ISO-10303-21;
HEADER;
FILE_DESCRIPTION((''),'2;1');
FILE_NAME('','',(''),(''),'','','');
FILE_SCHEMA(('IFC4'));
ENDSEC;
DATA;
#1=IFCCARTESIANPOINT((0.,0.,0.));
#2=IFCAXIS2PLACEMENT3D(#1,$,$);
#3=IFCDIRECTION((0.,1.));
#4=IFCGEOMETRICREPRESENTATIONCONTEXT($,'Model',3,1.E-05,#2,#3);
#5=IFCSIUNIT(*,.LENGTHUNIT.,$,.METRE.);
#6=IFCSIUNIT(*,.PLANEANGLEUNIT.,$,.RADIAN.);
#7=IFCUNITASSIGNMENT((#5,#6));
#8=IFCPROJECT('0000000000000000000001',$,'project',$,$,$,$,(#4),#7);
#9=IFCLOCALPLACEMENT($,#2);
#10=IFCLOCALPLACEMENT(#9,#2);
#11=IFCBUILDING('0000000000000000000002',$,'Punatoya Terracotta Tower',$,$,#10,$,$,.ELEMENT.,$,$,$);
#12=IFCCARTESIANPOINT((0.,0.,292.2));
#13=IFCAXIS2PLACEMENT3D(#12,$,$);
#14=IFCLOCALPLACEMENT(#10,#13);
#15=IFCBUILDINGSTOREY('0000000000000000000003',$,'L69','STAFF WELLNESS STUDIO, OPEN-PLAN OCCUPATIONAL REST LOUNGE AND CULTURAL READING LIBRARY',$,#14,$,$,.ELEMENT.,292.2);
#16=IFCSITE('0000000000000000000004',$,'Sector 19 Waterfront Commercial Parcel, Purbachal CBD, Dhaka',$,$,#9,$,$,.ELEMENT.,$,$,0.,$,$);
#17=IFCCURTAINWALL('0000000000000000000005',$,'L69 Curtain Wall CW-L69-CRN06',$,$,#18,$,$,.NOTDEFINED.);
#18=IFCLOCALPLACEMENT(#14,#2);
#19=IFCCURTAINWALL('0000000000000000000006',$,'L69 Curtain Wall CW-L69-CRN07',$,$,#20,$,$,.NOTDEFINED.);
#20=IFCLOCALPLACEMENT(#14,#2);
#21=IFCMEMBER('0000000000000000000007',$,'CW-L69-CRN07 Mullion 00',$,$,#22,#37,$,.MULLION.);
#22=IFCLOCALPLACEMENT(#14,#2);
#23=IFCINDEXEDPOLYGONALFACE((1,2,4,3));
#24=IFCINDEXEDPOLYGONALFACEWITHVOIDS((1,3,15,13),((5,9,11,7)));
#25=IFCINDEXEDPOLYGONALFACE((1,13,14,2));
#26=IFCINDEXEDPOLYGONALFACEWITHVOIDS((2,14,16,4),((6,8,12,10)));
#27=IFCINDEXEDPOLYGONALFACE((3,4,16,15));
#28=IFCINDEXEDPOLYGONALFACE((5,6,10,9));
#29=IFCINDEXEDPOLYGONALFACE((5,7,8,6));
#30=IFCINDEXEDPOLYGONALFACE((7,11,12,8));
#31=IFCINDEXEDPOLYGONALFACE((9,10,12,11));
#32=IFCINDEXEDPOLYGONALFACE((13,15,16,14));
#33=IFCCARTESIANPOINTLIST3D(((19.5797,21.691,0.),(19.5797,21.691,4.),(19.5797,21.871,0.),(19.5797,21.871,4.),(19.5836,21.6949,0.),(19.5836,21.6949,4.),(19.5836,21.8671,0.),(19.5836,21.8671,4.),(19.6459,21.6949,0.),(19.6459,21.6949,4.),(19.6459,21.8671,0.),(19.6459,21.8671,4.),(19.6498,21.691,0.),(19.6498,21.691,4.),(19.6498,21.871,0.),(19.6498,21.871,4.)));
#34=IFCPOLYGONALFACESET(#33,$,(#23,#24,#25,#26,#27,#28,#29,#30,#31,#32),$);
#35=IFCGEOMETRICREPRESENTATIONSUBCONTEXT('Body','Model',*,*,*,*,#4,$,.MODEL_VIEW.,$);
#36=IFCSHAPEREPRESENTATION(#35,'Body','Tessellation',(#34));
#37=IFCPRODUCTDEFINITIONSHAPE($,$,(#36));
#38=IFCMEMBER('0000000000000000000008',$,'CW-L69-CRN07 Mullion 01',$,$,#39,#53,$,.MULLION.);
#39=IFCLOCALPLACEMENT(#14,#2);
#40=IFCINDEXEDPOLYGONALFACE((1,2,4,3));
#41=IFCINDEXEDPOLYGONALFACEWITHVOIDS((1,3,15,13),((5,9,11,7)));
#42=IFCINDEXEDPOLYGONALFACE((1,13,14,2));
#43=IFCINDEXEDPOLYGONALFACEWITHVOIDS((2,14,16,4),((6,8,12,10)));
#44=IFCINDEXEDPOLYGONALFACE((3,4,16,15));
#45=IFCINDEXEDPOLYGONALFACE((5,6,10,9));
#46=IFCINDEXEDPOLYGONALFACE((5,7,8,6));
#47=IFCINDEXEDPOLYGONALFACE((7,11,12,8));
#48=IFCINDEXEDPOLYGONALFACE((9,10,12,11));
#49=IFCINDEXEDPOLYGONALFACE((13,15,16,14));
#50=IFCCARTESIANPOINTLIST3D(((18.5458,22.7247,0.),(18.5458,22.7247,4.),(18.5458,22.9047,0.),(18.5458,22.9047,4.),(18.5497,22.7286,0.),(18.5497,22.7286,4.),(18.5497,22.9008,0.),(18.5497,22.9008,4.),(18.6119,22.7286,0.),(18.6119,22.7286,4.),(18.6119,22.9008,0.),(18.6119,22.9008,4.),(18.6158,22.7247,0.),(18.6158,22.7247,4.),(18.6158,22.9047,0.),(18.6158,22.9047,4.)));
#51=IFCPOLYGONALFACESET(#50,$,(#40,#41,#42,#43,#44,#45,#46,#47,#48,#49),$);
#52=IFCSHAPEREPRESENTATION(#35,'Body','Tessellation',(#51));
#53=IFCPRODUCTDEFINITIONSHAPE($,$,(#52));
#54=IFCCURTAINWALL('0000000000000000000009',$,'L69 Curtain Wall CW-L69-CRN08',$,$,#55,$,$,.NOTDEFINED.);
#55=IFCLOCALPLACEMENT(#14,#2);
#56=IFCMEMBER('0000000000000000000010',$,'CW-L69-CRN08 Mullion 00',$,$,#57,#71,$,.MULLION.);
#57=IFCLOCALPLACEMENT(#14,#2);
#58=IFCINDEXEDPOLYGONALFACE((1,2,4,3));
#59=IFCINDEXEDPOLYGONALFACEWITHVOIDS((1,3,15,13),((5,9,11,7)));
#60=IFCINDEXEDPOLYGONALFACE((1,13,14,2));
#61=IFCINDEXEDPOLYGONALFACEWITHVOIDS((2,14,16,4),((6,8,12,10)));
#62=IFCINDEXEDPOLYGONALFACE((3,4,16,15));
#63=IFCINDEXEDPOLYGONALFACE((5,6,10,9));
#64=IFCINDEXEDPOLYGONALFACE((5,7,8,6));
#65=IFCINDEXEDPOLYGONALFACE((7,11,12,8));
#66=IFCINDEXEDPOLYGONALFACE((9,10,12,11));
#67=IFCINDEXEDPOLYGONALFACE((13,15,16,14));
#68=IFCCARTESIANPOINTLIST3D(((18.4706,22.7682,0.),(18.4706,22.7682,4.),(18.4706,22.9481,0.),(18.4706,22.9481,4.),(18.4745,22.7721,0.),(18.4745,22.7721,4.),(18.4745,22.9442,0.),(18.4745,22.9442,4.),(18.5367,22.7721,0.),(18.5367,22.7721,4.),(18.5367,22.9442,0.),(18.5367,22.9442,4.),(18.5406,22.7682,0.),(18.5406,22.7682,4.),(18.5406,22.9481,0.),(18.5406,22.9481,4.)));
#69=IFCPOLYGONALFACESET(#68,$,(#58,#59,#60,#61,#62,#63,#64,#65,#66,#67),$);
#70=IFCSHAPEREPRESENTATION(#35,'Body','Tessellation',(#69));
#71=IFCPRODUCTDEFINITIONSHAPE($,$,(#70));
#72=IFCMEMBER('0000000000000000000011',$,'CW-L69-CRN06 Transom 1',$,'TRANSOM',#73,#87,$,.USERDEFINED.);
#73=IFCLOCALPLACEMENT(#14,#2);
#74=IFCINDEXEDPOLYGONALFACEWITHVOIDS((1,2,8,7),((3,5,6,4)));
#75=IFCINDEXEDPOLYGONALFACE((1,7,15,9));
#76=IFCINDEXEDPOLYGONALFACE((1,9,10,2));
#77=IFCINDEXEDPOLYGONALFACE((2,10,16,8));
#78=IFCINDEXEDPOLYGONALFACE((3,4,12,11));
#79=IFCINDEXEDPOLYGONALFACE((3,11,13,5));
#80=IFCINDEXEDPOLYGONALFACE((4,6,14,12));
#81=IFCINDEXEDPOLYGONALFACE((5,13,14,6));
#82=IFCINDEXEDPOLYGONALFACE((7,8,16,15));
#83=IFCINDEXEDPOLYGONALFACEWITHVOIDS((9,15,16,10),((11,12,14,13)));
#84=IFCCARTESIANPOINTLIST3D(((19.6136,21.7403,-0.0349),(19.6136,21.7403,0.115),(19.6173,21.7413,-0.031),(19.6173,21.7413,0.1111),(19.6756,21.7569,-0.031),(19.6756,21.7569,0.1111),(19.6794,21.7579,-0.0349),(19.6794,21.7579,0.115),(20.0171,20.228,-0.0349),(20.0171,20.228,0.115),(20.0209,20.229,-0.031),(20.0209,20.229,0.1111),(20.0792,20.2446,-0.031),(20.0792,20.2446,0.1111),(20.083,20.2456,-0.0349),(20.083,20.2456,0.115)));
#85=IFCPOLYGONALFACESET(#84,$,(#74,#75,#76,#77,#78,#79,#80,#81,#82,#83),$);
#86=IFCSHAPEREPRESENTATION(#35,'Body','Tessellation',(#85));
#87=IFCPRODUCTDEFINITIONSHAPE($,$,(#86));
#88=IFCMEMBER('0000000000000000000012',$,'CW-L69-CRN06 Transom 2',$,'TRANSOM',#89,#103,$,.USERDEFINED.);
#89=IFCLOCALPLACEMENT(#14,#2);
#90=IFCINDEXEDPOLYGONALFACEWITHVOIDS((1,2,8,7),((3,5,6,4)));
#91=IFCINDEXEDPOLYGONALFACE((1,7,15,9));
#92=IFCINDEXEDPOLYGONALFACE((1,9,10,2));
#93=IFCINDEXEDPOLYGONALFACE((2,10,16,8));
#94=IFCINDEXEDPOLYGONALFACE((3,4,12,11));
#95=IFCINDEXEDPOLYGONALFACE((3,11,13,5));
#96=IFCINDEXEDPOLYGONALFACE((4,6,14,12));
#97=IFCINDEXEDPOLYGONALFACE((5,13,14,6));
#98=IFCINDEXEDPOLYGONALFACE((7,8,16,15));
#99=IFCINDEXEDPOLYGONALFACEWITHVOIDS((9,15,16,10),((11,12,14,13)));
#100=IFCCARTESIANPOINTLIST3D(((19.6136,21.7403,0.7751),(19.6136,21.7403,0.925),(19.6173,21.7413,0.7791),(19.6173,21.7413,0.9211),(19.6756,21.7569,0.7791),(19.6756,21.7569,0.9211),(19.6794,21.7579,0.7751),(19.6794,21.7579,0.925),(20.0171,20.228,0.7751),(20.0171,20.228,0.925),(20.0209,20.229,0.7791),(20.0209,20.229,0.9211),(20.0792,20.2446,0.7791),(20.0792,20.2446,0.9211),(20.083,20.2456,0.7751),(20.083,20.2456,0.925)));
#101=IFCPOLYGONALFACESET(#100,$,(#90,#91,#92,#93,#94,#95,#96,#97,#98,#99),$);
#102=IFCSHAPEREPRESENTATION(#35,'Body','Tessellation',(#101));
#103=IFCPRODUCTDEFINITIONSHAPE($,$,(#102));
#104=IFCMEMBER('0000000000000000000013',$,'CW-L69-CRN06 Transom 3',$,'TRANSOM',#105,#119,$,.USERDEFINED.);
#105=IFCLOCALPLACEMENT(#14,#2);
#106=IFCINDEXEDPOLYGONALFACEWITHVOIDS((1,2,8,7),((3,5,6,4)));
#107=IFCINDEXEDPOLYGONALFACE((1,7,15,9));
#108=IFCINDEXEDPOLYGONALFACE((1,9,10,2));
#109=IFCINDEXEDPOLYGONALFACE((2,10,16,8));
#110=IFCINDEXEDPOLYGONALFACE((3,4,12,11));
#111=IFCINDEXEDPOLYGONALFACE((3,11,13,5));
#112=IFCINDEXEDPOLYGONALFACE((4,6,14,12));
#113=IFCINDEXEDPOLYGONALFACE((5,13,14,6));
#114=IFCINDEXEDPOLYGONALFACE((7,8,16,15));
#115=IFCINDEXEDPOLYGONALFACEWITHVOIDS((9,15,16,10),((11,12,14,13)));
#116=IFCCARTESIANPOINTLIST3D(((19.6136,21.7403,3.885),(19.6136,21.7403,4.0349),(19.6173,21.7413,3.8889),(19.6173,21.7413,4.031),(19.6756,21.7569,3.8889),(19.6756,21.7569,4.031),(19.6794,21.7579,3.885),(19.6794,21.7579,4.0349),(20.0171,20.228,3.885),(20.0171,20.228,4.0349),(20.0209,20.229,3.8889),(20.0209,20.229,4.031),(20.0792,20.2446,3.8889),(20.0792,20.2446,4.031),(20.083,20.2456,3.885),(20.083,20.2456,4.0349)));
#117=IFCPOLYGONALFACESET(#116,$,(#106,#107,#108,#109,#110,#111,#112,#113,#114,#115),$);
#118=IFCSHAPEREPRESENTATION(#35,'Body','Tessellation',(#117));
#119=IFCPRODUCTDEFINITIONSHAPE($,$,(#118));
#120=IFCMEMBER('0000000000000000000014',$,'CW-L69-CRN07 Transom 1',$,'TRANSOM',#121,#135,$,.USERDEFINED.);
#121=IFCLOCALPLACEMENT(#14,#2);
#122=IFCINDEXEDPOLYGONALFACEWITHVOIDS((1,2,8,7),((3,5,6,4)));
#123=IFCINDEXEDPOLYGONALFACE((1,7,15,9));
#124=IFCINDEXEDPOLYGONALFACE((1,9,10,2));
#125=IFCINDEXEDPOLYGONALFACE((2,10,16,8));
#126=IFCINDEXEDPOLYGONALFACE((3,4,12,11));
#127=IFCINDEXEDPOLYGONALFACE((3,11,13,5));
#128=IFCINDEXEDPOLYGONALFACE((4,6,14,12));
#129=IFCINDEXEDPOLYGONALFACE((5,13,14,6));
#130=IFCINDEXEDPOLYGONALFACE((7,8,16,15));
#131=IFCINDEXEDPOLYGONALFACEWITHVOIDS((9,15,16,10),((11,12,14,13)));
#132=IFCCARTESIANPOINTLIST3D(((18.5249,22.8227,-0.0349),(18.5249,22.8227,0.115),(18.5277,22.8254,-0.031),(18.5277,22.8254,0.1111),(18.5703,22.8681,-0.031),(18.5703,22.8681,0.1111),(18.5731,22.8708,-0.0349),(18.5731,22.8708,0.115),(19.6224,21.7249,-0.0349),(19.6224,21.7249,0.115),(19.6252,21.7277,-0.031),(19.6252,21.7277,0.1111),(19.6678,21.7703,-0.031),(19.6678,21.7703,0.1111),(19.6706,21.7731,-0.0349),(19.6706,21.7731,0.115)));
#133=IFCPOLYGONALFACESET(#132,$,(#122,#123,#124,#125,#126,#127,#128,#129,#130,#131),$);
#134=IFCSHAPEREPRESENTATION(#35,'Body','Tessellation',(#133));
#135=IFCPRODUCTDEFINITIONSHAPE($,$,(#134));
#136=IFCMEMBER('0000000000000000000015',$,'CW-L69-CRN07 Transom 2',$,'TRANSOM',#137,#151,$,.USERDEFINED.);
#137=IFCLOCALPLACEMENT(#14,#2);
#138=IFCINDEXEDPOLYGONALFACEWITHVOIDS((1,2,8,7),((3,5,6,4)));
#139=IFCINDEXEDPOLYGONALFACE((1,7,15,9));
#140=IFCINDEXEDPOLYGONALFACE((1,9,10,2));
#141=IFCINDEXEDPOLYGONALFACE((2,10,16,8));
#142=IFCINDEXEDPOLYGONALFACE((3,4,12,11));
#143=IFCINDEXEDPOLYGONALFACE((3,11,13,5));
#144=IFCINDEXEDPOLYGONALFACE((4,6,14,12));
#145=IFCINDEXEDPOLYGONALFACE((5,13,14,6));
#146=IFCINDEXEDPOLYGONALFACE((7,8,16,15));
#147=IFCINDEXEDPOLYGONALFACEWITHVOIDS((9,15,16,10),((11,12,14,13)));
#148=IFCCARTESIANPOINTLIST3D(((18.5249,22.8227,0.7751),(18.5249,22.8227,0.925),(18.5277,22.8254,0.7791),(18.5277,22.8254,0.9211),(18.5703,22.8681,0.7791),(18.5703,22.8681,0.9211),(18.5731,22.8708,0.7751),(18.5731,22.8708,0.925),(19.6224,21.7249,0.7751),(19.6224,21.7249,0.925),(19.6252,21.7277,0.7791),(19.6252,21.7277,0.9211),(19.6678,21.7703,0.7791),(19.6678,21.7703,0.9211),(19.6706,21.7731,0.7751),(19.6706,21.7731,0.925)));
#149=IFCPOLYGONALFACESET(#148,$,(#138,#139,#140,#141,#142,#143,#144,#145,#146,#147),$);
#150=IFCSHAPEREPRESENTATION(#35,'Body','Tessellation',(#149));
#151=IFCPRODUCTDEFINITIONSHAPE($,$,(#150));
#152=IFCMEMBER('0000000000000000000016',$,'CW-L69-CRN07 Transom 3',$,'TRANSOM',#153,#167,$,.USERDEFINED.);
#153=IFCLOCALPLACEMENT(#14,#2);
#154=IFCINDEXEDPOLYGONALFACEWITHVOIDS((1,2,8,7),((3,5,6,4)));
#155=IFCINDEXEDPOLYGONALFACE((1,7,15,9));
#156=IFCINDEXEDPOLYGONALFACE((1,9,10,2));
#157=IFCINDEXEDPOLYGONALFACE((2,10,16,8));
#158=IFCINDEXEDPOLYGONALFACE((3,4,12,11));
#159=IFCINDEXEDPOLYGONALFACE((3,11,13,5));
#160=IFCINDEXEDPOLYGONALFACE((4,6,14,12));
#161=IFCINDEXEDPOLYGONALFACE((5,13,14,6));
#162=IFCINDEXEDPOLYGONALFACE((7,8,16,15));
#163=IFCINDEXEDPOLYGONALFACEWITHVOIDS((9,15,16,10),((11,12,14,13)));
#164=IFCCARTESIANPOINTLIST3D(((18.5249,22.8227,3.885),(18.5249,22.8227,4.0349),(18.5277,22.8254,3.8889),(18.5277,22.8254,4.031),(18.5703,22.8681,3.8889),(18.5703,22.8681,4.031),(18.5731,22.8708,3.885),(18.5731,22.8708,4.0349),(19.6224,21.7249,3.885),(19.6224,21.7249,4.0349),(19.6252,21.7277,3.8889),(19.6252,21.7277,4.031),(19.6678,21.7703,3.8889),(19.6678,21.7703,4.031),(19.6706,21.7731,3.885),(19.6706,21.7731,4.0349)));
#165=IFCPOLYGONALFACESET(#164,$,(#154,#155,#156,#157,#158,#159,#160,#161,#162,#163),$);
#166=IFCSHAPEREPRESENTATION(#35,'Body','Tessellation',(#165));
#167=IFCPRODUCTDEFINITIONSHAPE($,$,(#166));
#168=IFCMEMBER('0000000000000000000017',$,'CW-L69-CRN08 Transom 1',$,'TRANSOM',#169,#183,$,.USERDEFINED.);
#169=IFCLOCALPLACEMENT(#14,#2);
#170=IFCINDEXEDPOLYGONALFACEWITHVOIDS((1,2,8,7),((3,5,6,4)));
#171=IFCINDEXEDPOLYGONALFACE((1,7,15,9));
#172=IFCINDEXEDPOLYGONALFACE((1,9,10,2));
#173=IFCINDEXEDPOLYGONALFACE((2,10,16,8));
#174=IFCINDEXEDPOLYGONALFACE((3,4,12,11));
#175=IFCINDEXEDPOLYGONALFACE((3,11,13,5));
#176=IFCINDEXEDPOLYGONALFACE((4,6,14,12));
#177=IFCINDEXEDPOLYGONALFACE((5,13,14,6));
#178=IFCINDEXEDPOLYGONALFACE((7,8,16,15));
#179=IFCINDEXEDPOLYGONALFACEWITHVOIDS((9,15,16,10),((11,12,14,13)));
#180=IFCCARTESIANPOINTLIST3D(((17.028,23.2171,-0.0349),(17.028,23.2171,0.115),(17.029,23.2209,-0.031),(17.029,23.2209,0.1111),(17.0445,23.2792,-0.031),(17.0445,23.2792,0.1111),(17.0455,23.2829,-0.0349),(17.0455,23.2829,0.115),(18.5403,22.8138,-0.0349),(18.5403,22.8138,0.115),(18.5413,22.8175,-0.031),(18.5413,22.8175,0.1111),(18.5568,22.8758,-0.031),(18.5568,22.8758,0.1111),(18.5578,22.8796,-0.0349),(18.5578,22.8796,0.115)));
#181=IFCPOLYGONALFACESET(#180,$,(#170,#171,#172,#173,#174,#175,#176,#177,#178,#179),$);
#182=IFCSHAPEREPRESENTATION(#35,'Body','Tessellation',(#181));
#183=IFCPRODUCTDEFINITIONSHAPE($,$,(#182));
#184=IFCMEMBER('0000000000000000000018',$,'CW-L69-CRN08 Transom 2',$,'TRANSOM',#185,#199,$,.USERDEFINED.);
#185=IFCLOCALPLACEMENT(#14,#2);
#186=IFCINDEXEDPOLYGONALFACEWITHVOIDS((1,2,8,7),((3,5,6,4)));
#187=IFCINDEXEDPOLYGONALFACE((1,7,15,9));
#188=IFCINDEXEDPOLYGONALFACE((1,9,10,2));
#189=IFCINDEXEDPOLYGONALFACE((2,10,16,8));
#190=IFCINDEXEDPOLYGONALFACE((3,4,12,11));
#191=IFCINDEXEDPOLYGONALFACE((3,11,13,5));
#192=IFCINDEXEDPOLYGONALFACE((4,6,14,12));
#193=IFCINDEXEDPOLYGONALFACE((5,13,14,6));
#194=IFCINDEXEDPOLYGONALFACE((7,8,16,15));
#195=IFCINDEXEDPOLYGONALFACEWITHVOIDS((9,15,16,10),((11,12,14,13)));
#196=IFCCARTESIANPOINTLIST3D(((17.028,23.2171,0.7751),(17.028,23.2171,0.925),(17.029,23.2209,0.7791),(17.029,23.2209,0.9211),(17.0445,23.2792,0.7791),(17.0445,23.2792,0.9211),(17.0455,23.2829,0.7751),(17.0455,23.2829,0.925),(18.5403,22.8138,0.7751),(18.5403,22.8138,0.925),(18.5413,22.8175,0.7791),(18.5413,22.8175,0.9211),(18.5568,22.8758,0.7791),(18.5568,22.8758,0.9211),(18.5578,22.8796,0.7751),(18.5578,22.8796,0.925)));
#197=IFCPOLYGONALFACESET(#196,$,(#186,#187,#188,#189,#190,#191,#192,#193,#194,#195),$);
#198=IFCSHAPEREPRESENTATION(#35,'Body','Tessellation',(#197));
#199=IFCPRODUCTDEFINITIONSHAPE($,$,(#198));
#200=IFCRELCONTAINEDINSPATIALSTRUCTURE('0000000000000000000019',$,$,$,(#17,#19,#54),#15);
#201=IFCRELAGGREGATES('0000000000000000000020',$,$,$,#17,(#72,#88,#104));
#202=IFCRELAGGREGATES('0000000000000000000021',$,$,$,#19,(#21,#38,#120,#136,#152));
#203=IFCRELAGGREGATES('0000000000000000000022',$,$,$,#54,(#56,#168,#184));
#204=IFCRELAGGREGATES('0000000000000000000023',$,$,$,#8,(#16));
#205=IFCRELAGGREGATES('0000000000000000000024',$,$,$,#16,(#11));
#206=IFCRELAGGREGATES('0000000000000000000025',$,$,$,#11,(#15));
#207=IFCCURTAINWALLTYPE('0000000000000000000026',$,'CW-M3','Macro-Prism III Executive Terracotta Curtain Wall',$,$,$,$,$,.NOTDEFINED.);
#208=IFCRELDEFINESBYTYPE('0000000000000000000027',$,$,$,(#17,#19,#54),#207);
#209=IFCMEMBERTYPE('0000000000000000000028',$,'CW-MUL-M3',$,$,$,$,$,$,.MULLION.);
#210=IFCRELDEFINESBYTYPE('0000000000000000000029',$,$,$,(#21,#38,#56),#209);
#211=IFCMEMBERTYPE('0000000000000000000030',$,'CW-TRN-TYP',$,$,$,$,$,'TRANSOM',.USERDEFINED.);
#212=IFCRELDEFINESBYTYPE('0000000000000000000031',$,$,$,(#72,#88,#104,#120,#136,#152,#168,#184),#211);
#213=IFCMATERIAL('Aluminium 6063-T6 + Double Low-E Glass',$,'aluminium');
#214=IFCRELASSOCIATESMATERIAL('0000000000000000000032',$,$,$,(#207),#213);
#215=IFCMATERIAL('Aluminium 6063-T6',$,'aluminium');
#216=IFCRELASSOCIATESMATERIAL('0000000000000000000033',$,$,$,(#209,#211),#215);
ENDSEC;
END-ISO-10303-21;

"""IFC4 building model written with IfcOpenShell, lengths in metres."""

from ifc_helpers import new_model, si_unit, direction, frame, origin, origin_2d, place, context, subcontext, project, spatial, hollow_rectangle, extrude, material, material_profile, profile_set, type_object, element, aggregate, save


model = new_model("IFC4")

# Units and contexts
model_context = context("Model", 3, precision=1e-05, world=origin(), true_north=direction((0.0, 1.0)))
body_context = subcontext(model_context, "Body", "Model", "MODEL_VIEW")
ifc_project = project(units=[si_unit("LENGTHUNIT", "METRE"), si_unit("PLANEANGLEUNIT", "RADIAN")], contexts=[model_context])

# Site, building, storey
site_placement = place(None, origin())
site = spatial("IfcSite", under=ifc_project, at=site_placement, Name="Sector 19 Waterfront Commercial Parcel, Purbachal CBD, Dhaka", CompositionType="ELEMENT", RefElevation=0.0)
building_placement = place(site_placement, origin())
building = spatial("IfcBuilding", under=site, at=building_placement, Name="Punatoya Terracotta Tower", CompositionType="ELEMENT")
storey_placement = place(building_placement, frame((0.0, 0.0, 292.2)))
storey = spatial("IfcBuildingStorey", under=building, at=storey_placement, Name="L69", Description="STAFF WELLNESS STUDIO, OPEN-PLAN OCCUPATIONAL REST LOUNGE AND CULTURAL READING LIBRARY", CompositionType="ELEMENT", Elevation=292.2)

# Curtain walls, members
ifc_material_1 = material(Name="Aluminium 6063-T6 + Double Low-E Glass", Category="aluminium")
curtain_wall_type = type_object("IfcCurtainWallType", Name="CW-M3", Description="Macro-Prism III Executive Terracotta Curtain Wall", PredefinedType="NOTDEFINED", material=ifc_material_1)
ifc_material_2 = material(Name="Aluminium 6063-T6", Category="aluminium")
ifc_material_profile_1 = material_profile(ifc_material_2, hollow_rectangle(XDim=0.0701, YDim=0.1799, WallThickness=0.0039, at=origin_2d()))
ifc_profile_set_1 = profile_set([ifc_material_profile_1], Name="Aluminium 6063-T6")
member_type_1 = type_object("IfcMemberType", Name="CW-MUL-M3", PredefinedType="MULLION", material=ifc_profile_set_1)
curtain_wall_1_placement = place(storey_placement, origin())
curtain_wall_1 = element("IfcCurtainWall", 1, at=curtain_wall_1_placement, inside=storey, type_object=curtain_wall_type, Name="L69 Curtain Wall CW-L69-CRN06", PredefinedType="NOTDEFINED")
curtain_wall_2_placement = place(storey_placement, origin())
curtain_wall_2 = element("IfcCurtainWall", 2, at=curtain_wall_2_placement, inside=storey, type_object=curtain_wall_type, Name="L69 Curtain Wall CW-L69-CRN07", PredefinedType="NOTDEFINED")
member_1_placement = place(storey_placement, frame((19.6147, 21.781, 0.0), z_axis=(0.0, 0.0, 1.0), x_axis=(1.0, 0.0, 0.0)))
member_1 = element("IfcMember", 3, at=member_1_placement, type_object=member_type_1, Name="CW-L69-CRN07 Mullion 00", PredefinedType="MULLION", context=body_context, shape_type="SweptSolid", body=[
    extrude(hollow_rectangle(XDim=0.0701, YDim=0.1799, WallThickness=0.0039, at=origin_2d()), origin(), (0.0, 0.0, 1.0), 4.0),
])
member_2_placement = place(storey_placement, frame((18.5808, 22.8147, 0.0), z_axis=(0.0, 0.0, 1.0), x_axis=(1.0, 0.0, 0.0)))
member_2 = element("IfcMember", 4, at=member_2_placement, type_object=member_type_1, Name="CW-L69-CRN07 Mullion 01", PredefinedType="MULLION", context=body_context, shape_type="SweptSolid", body=[
    extrude(hollow_rectangle(XDim=0.0701, YDim=0.1799, WallThickness=0.0039, at=origin_2d()), origin(), (0.0, 0.0, 1.0), 4.0),
])

# Curtain wall, member
curtain_wall_3_placement = place(storey_placement, origin())
curtain_wall_3 = element("IfcCurtainWall", 5, at=curtain_wall_3_placement, inside=storey, type_object=curtain_wall_type, Name="L69 Curtain Wall CW-L69-CRN08", PredefinedType="NOTDEFINED")
member_3_placement = place(storey_placement, frame((18.5056, 22.8582, 0.0), z_axis=(0.0, 0.0, 1.0), x_axis=(1.0, 0.0, 0.0)))
member_3 = element("IfcMember", 6, at=member_3_placement, type_object=member_type_1, Name="CW-L69-CRN08 Mullion 00", PredefinedType="MULLION", context=body_context, shape_type="SweptSolid", body=[
    extrude(hollow_rectangle(XDim=0.0701, YDim=0.1799, WallThickness=0.0039, at=origin_2d()), origin(), (0.0, 0.0, 1.0), 4.0),
])

# Members
ifc_material_profile_2 = material_profile(ifc_material_2, hollow_rectangle(XDim=0.0681, YDim=0.1499, WallThickness=0.0039, at=origin_2d()))
ifc_profile_set_2 = profile_set([ifc_material_profile_2], Name="Aluminium 6063-T6")
member_type_2 = type_object("IfcMemberType", Name="CW-TRN-TYP", ElementType="TRANSOM", PredefinedType="USERDEFINED", material=ifc_profile_set_2)
member_4_placement = place(storey_placement, frame((20.05, 20.2368, 0.04), z_axis=(-0.257847, 0.966186, 0.0), x_axis=(-0.966186, -0.257847, 0.0)))
member_4 = element("IfcMember", 7, at=member_4_placement, type_object=member_type_2, Name="CW-L69-CRN06 Transom 1", ObjectType="TRANSOM", PredefinedType="USERDEFINED", context=body_context, shape_type="SweptSolid", body=[
    extrude(hollow_rectangle(XDim=0.0681, YDim=0.1499, WallThickness=0.0039, at=origin_2d()), origin(), (0.0, 0.0, 1.0), 1.5652),
])
member_5_placement = place(storey_placement, frame((20.05, 20.2368, 0.8501), z_axis=(-0.257847, 0.966186, 0.0), x_axis=(-0.966186, -0.257847, 0.0)))
member_5 = element("IfcMember", 8, at=member_5_placement, type_object=member_type_2, Name="CW-L69-CRN06 Transom 2", ObjectType="TRANSOM", PredefinedType="USERDEFINED", context=body_context, shape_type="SweptSolid", body=[
    extrude(hollow_rectangle(XDim=0.0681, YDim=0.1499, WallThickness=0.0039, at=origin_2d()), origin(), (0.0, 0.0, 1.0), 1.5652),
])
member_6_placement = place(storey_placement, frame((20.05, 20.2368, 3.96), z_axis=(-0.257847, 0.966186, 0.0), x_axis=(-0.966186, -0.257847, 0.0)))
member_6 = element("IfcMember", 9, at=member_6_placement, type_object=member_type_2, Name="CW-L69-CRN06 Transom 3", ObjectType="TRANSOM", PredefinedType="USERDEFINED", context=body_context, shape_type="SweptSolid", body=[
    extrude(hollow_rectangle(XDim=0.0681, YDim=0.1499, WallThickness=0.0039, at=origin_2d()), origin(), (0.0, 0.0, 1.0), 1.5652),
])
member_7_placement = place(storey_placement, frame((19.6465, 21.749, 0.04), z_axis=(-0.707028, 0.707185, 0.0), x_axis=(-0.707185, -0.707028, 0.0)))
member_7 = element("IfcMember", 10, at=member_7_placement, type_object=member_type_2, Name="CW-L69-CRN07 Transom 1", ObjectType="TRANSOM", PredefinedType="USERDEFINED", context=body_context, shape_type="SweptSolid", body=[
    extrude(hollow_rectangle(XDim=0.0681, YDim=0.1499, WallThickness=0.0039, at=origin_2d()), origin(), (0.0, 0.0, 1.0), 1.5522),
])
member_8_placement = place(storey_placement, frame((19.6465, 21.749, 0.8501), z_axis=(-0.707028, 0.707185, 0.0), x_axis=(-0.707185, -0.707028, 0.0)))
member_8 = element("IfcMember", 11, at=member_8_placement, type_object=member_type_2, Name="CW-L69-CRN07 Transom 2", ObjectType="TRANSOM", PredefinedType="USERDEFINED", context=body_context, shape_type="SweptSolid", body=[
    extrude(hollow_rectangle(XDim=0.0681, YDim=0.1499, WallThickness=0.0039, at=origin_2d()), origin(), (0.0, 0.0, 1.0), 1.5522),
])
member_9_placement = place(storey_placement, frame((19.6465, 21.749, 3.96), z_axis=(-0.707028, 0.707185, 0.0), x_axis=(-0.707185, -0.707028, 0.0)))
member_9 = element("IfcMember", 12, at=member_9_placement, type_object=member_type_2, Name="CW-L69-CRN07 Transom 3", ObjectType="TRANSOM", PredefinedType="USERDEFINED", context=body_context, shape_type="SweptSolid", body=[
    extrude(hollow_rectangle(XDim=0.0681, YDim=0.1499, WallThickness=0.0039, at=origin_2d()), origin(), (0.0, 0.0, 1.0), 1.5522),
])
member_10_placement = place(storey_placement, frame((18.5491, 22.8467, 0.04), z_axis=(-0.966225, 0.257701, 0.0), x_axis=(-0.257701, -0.966225, 0.0)))
member_10 = element("IfcMember", 13, at=member_10_placement, type_object=member_type_2, Name="CW-L69-CRN08 Transom 1", ObjectType="TRANSOM", PredefinedType="USERDEFINED", context=body_context, shape_type="SweptSolid", body=[
    extrude(hollow_rectangle(XDim=0.0681, YDim=0.1499, WallThickness=0.0039, at=origin_2d()), origin(), (0.0, 0.0, 1.0), 1.5652),
])
member_11_placement = place(storey_placement, frame((18.5491, 22.8467, 0.8501), z_axis=(-0.966225, 0.257701, 0.0), x_axis=(-0.257701, -0.966225, 0.0)))
member_11 = element("IfcMember", 14, at=member_11_placement, type_object=member_type_2, Name="CW-L69-CRN08 Transom 2", ObjectType="TRANSOM", PredefinedType="USERDEFINED", context=body_context, shape_type="SweptSolid", body=[
    extrude(hollow_rectangle(XDim=0.0681, YDim=0.1499, WallThickness=0.0039, at=origin_2d()), origin(), (0.0, 0.0, 1.0), 1.5652),
])

aggregate(curtain_wall_1, [member_4, member_5, member_6])
aggregate(curtain_wall_2, [member_1, member_2, member_7, member_8, member_9])
aggregate(curtain_wall_3, [member_3, member_10, member_11])

save(model, "model.ifc")
